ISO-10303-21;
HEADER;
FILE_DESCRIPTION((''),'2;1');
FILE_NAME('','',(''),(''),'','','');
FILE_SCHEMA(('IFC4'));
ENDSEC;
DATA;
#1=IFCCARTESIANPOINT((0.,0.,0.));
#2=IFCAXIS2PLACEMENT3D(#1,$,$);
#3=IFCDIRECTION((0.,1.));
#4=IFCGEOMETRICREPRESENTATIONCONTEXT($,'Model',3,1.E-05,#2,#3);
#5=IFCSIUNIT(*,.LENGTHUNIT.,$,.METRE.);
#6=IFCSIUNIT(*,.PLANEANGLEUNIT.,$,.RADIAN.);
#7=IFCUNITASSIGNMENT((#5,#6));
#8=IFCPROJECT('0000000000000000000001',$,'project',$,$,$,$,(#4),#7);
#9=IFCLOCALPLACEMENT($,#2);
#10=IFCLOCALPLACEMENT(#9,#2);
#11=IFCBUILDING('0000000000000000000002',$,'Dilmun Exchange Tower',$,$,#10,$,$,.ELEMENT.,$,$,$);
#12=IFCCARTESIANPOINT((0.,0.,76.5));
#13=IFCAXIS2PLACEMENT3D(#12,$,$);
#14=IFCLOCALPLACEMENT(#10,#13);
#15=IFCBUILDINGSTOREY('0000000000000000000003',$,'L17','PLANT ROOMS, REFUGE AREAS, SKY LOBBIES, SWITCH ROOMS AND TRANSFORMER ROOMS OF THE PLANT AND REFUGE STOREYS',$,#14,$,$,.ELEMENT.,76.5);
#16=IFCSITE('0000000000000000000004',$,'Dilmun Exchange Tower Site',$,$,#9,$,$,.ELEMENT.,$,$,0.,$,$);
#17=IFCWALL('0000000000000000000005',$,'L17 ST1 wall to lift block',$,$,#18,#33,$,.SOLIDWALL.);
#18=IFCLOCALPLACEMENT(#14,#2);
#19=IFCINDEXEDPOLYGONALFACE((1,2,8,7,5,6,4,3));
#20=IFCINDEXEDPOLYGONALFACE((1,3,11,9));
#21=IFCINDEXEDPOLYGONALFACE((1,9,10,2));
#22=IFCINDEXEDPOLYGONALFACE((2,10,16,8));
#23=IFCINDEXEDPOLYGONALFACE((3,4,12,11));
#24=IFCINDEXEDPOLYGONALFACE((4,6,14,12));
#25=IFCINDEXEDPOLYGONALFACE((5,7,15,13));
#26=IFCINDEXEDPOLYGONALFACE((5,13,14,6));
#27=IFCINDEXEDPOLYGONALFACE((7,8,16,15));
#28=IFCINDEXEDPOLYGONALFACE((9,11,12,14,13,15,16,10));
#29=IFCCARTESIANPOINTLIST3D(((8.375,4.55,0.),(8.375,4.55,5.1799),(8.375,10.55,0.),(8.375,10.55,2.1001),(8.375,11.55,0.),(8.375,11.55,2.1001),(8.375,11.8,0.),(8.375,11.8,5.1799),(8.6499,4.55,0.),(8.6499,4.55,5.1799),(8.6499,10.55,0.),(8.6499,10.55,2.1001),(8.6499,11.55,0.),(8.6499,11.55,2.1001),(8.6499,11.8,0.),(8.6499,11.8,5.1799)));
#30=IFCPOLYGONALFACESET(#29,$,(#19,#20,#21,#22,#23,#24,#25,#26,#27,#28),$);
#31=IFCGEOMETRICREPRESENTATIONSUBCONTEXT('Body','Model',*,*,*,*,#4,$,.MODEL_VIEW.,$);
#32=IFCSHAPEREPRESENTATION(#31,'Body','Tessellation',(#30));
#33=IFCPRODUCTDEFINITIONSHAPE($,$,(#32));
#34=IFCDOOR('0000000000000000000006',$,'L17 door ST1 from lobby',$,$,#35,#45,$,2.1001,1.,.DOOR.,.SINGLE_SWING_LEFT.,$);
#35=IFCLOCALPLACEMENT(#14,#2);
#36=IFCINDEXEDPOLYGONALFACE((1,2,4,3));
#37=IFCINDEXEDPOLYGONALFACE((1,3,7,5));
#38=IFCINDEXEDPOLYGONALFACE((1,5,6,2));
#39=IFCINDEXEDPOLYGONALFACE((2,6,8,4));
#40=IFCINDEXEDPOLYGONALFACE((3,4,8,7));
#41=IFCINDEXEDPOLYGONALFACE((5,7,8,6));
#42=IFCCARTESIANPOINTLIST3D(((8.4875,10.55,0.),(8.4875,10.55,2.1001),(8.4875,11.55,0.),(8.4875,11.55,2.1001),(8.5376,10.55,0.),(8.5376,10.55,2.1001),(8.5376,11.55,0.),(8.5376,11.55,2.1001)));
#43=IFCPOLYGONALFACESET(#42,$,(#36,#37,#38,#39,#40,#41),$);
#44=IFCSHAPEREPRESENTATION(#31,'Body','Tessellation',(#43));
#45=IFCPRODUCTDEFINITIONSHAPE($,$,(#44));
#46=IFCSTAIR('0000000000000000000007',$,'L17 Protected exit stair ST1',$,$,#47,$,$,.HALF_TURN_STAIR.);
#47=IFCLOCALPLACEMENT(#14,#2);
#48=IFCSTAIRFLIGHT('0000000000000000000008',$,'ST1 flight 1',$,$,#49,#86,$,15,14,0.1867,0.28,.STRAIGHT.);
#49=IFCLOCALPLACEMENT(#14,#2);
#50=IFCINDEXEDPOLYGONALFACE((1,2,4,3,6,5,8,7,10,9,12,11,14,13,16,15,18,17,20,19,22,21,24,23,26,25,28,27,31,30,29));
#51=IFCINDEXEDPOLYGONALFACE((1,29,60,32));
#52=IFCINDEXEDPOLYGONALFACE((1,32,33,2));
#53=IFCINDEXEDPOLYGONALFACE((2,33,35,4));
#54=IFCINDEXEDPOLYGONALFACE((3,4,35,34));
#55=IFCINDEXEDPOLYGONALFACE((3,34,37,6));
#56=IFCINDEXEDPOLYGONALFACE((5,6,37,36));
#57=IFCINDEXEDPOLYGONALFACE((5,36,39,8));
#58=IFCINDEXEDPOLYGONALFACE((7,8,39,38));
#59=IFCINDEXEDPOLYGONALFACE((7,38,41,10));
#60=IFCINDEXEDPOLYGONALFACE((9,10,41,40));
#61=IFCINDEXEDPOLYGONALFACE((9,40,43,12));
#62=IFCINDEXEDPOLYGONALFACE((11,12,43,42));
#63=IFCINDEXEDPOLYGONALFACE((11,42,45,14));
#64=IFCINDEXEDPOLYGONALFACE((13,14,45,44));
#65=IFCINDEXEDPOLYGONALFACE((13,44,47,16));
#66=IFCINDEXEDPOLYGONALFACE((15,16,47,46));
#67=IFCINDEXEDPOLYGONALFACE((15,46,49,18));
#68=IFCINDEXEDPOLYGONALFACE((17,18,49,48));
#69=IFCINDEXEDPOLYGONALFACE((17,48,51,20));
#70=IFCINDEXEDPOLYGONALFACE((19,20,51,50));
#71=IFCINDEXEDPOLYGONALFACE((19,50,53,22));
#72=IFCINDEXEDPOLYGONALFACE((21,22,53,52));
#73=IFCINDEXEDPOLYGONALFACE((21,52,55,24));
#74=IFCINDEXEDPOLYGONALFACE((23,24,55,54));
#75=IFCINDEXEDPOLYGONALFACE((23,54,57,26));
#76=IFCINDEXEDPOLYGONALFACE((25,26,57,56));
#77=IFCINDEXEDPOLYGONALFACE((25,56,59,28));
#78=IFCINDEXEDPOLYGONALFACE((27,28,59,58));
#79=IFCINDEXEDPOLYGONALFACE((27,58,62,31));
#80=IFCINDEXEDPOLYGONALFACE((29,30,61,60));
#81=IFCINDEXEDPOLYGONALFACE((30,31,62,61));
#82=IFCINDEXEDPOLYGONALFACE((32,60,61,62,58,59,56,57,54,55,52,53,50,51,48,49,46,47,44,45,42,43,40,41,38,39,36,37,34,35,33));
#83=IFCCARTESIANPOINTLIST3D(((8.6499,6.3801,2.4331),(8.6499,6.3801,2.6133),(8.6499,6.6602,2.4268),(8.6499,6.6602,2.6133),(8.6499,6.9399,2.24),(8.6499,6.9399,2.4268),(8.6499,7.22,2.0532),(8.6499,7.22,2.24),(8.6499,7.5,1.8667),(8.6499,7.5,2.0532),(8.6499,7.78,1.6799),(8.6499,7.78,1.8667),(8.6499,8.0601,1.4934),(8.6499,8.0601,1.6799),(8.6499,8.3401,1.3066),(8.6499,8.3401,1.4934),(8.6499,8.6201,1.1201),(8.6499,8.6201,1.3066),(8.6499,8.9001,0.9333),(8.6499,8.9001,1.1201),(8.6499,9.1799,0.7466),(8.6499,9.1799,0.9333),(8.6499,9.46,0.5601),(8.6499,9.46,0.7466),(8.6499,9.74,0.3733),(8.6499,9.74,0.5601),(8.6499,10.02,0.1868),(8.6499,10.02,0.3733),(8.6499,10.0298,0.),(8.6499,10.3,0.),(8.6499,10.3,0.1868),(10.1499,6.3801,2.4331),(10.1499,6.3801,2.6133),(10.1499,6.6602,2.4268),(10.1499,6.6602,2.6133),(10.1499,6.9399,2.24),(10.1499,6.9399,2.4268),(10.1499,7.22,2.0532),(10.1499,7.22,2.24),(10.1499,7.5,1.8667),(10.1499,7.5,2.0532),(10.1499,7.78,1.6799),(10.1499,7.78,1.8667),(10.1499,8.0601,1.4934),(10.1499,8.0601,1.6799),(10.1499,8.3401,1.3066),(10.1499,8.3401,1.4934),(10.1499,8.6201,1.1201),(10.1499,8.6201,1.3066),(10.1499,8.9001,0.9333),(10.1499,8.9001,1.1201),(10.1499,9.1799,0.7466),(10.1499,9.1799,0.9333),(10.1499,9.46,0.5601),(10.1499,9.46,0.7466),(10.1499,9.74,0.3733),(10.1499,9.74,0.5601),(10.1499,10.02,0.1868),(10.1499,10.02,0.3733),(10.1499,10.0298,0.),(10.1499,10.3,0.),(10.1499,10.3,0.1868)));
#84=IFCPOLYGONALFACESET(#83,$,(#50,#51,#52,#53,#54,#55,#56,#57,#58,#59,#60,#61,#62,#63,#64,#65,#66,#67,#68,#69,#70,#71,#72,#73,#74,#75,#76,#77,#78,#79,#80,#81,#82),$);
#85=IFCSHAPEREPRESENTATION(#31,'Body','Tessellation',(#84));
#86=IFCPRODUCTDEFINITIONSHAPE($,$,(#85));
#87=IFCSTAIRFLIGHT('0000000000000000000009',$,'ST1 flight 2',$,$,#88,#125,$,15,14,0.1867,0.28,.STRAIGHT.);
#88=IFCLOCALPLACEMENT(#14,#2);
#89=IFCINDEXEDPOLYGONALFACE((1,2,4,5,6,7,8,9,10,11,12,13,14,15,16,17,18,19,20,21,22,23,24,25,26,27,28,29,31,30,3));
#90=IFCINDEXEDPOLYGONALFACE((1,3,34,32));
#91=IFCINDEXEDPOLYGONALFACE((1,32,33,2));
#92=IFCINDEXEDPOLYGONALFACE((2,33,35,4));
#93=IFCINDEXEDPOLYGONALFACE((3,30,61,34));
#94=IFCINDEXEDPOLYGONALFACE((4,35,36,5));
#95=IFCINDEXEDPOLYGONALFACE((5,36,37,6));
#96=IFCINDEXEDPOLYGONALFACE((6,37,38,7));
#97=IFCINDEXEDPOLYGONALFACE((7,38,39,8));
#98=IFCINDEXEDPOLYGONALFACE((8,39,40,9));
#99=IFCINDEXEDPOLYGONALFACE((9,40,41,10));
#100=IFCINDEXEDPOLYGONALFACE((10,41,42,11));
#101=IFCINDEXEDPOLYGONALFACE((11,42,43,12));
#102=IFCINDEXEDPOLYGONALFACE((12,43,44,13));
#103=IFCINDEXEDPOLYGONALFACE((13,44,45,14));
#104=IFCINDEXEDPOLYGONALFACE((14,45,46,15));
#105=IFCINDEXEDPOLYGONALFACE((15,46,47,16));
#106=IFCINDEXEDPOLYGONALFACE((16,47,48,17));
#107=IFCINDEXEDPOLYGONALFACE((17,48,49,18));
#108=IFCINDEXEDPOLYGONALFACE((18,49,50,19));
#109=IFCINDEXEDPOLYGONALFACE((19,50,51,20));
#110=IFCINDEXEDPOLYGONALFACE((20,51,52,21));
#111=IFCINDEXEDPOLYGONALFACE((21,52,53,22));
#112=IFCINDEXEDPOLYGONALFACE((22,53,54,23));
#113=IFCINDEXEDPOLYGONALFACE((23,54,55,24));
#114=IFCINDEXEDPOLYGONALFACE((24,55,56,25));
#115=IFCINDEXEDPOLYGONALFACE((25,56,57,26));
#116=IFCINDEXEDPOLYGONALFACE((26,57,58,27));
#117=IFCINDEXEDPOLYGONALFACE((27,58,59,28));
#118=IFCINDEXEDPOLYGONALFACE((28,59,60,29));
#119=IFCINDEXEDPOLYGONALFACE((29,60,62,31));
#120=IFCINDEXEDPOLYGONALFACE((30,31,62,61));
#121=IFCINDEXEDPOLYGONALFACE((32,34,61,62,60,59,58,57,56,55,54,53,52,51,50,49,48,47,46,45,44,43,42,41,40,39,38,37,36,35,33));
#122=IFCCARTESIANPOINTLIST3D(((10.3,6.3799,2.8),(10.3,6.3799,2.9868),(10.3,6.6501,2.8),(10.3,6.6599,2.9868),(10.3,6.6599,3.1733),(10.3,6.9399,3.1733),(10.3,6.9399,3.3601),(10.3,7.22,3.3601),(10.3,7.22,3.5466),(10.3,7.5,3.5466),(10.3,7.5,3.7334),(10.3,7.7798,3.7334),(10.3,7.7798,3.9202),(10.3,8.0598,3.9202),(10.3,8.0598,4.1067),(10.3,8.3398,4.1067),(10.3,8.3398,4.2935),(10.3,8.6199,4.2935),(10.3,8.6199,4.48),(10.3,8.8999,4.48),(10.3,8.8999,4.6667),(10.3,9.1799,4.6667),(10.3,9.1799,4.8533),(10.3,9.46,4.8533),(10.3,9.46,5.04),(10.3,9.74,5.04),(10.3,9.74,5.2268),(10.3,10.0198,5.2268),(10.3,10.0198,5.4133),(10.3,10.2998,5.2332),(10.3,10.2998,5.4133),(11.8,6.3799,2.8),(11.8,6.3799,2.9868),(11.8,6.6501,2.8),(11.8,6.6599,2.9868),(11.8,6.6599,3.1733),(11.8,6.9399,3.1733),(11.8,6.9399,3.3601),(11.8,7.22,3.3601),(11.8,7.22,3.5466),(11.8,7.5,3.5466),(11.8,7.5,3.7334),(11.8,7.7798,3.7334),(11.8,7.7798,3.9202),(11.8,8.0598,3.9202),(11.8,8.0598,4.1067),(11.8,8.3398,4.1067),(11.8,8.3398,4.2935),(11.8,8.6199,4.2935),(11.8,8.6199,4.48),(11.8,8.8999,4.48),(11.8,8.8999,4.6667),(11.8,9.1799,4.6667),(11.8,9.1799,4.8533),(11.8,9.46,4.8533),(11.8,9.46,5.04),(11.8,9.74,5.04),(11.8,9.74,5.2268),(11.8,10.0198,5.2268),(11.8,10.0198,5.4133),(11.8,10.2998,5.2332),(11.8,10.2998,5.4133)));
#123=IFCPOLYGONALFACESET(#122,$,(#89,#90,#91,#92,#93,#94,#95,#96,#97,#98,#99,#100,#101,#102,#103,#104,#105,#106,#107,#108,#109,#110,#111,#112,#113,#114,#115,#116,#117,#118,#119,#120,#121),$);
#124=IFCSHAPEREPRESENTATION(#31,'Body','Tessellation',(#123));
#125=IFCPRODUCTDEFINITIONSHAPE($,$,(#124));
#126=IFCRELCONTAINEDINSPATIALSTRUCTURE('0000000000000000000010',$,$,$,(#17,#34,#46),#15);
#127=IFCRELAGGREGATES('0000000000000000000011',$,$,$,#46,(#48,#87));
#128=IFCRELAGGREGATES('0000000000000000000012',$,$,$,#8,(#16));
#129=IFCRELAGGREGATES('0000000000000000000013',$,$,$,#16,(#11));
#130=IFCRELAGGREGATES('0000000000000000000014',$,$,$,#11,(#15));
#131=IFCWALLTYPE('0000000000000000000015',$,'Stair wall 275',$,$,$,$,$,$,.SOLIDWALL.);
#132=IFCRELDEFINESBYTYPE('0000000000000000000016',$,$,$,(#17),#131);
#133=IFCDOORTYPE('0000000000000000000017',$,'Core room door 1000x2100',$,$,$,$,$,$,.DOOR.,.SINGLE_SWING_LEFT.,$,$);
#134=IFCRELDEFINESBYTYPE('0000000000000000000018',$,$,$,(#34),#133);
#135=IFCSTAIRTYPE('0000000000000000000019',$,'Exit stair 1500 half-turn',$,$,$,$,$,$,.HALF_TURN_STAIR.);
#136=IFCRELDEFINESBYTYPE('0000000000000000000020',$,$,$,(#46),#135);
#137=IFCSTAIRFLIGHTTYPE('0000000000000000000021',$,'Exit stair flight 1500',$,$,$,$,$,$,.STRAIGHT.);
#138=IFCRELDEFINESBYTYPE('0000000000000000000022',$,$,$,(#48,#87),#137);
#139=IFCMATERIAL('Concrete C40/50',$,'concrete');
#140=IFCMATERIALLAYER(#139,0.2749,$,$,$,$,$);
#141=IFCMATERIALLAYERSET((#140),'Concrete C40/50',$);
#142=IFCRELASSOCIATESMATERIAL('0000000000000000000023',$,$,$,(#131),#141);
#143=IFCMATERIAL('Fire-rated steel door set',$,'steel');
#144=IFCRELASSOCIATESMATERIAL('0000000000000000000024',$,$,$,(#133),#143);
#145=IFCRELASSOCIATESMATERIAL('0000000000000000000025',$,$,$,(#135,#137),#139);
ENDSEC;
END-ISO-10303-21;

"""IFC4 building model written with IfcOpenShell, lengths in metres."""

from ifc_helpers import new_model, si_unit, direction, frame, frame_2d, origin, place, context, subcontext, project, spatial, polyline, rectangle, outline, extrude, material, layer, layer_set, type_object, element, fill, aggregate, save


model = new_model("IFC4")

# Units and contexts
model_context = context("Model", 3, precision=1e-05, world=origin(), true_north=direction((0.0, 1.0)))
body_context = subcontext(model_context, "Body", "Model", "MODEL_VIEW")
ifc_project = project(units=[si_unit("LENGTHUNIT", "METRE"), si_unit("PLANEANGLEUNIT", "RADIAN")], contexts=[model_context])

# Site, building, storey
site_placement = place(None, origin())
site = spatial("IfcSite", under=ifc_project, at=site_placement, Name="Dilmun Exchange Tower Site", CompositionType="ELEMENT", RefElevation=0.0)
building_placement = place(site_placement, origin())
building = spatial("IfcBuilding", under=site, at=building_placement, Name="Dilmun Exchange Tower", CompositionType="ELEMENT")
storey_placement = place(building_placement, frame((0.0, 0.0, 76.5)))
storey = spatial("IfcBuildingStorey", under=building, at=storey_placement, Name="L17", Description="PLANT ROOMS, REFUGE AREAS, SKY LOBBIES, SWITCH ROOMS AND TRANSFORMER ROOMS OF THE PLANT AND REFUGE STOREYS", CompositionType="ELEMENT", Elevation=76.5)

# Shared definitions
ifc_material_1 = material(Name="Concrete C40/50", Category="concrete")

# Shared definitions
ifc_material_2 = material(Name="Fire-rated steel door set", Category="steel")

# Wall, opening, door
ifc_layer_1 = layer(ifc_material_1, 0.2749)
ifc_layer_set_1 = layer_set([ifc_layer_1], Name="Concrete C40/50")
wall_type_1 = type_object("IfcWallType", Name="Stair wall 275", PredefinedType="SOLIDWALL", material=ifc_layer_set_1)
wall_1_placement = place(storey_placement, frame((8.5125, 4.55, 0.0), z_axis=(0.0, 0.0, 1.0), x_axis=(0.0, 1.0, 0.0)))
wall_1 = element("IfcWall", 1, at=wall_1_placement, inside=storey, type_object=wall_type_1, Name="L17 ST1 wall to lift block", PredefinedType="SOLIDWALL", context=body_context, shape_type="SweptSolid", body=[
    extrude(rectangle(XDim=7.25, YDim=0.2749, at=frame_2d((3.625, 0.0))), origin(), (0.0, 0.0, 1.0), 5.1799),
])
opening_1_placement = place(wall_1_placement, frame((6.0, 0.0, 0.0)))
opening_1 = element("IfcOpeningElement", 2, at=opening_1_placement, cuts=wall_1, PredefinedType="OPENING", context=body_context, shape_type="SweptSolid", body=[
    extrude(rectangle(XDim=1.0, YDim=2.1001, at=frame_2d((0.5, 1.05))), frame((0.0, 0.1475, 0.0), z_axis=(0.0, -1.0, 0.0), x_axis=(1.0, 0.0, 0.0)), (0.0, 0.0, 1.0), 0.2949),
])
door_type_1 = type_object("IfcDoorType", Name="Core room door 1000x2100", OperationType="SINGLE_SWING_LEFT", PredefinedType="DOOR", material=ifc_material_2)
door_1_placement = place(opening_1_placement, origin())
door_1 = element("IfcDoor", 3, at=door_1_placement, inside=storey, type_object=door_type_1, Name="L17 door ST1 from lobby", OperationType="SINGLE_SWING_LEFT", OverallHeight=2.1001, OverallWidth=1.0, PredefinedType="DOOR", context=body_context, shape_type="SweptSolid", body=[
    extrude(rectangle(XDim=1.0, YDim=2.1001, at=frame_2d((0.5, 1.05))), frame((0.0, 0.0249, 0.0), z_axis=(0.0, -1.0, 0.0), x_axis=(1.0, 0.0, 0.0)), (0.0, 0.0, 1.0), 0.05),
])
fill(opening_1, door_1)

# Stair, stair flights
stair_type = type_object("IfcStairType", Name="Exit stair 1500 half-turn", PredefinedType="HALF_TURN_STAIR", material=ifc_material_1)
stair_placement = place(storey_placement, origin())
stair = element("IfcStair", 4, at=stair_placement, inside=storey, type_object=stair_type, Name="L17 Protected exit stair ST1", PredefinedType="HALF_TURN_STAIR")
stair_flight_type = type_object("IfcStairFlightType", Name="Exit stair flight 1500", PredefinedType="STRAIGHT", material=ifc_material_1)
stair_flight_1_placement = place(storey_placement, frame((9.3999, 10.3, 0.0), z_axis=(0.0, 0.0, 1.0), x_axis=(0.0, -1.0, 0.0)))
stair_flight_1 = element("IfcStairFlight", 5, at=stair_flight_1_placement, type_object=stair_flight_type, Name="ST1 flight 1", NumberOfRisers=15, NumberOfTreads=14, PredefinedType="STRAIGHT", RiserHeight=0.1867, TreadLength=0.28, context=body_context, shape_type="SweptSolid", body=[
    extrude(outline(polyline([(0.0, 0.0), (0.0, 0.1868), (0.28, 0.1868), (0.28, 0.3733), (0.5601, 0.3733), (0.5601, 0.5601), (0.8401, 0.5601), (0.8401, 0.7466), (1.1201, 0.7466), (1.1201, 0.9333), (1.3999, 0.9333), (1.3999, 1.1201), (1.6799, 1.1201), (1.6799, 1.3066), (1.96, 1.3066), (1.96, 1.4934), (2.24, 1.4934), (2.24, 1.6799), (2.52, 1.6799), (2.52, 1.8667), (2.8, 1.8667), (2.8, 2.0532), (3.0801, 2.0532), (3.0801, 2.24), (3.3601, 2.24), (3.3601, 2.4268), (3.6399, 2.4268), (3.6399, 2.6133), (3.9199, 2.6133), (3.9199, 2.8), (3.9199, 2.4331), (0.2703, 0.0), (0.0, 0.0)])), frame((0.0, 0.75, 0.0), z_axis=(0.0, -1.0, 0.0), x_axis=(1.0, 0.0, 0.0)), (0.0, 0.0, 1.0), 1.5),
])
stair_flight_2_placement = place(storey_placement, frame((11.05, 6.3799, 2.8), z_axis=(0.0, 0.0, 1.0), x_axis=(0.0, 1.0, 0.0)))
stair_flight_2 = element("IfcStairFlight", 6, at=stair_flight_2_placement, type_object=stair_flight_type, Name="ST1 flight 2", NumberOfRisers=15, NumberOfTreads=14, PredefinedType="STRAIGHT", RiserHeight=0.1867, TreadLength=0.28, context=body_context, shape_type="SweptSolid", body=[
    extrude(outline(polyline([(0.0, 0.0), (0.0, 0.1868), (0.28, 0.1868), (0.28, 0.3733), (0.5601, 0.3733), (0.5601, 0.5601), (0.8401, 0.5601), (0.8401, 0.7466), (1.1201, 0.7466), (1.1201, 0.9333), (1.3999, 0.9333), (1.3999, 1.1201), (1.6799, 1.1201), (1.6799, 1.3066), (1.96, 1.3066), (1.96, 1.4934), (2.24, 1.4934), (2.24, 1.6799), (2.52, 1.6799), (2.52, 1.8667), (2.8, 1.8667), (2.8, 2.0532), (3.0801, 2.0532), (3.0801, 2.24), (3.3601, 2.24), (3.3601, 2.4268), (3.6399, 2.4268), (3.6399, 2.6133), (3.9199, 2.6133), (3.9199, 2.8), (3.9199, 2.4331), (0.2703, 0.0), (0.0, 0.0)])), frame((0.0, 0.75, 0.0), z_axis=(0.0, -1.0, 0.0), x_axis=(1.0, 0.0, 0.0)), (0.0, 0.0, 1.0), 1.5),
])
aggregate(stair, [stair_flight_1, stair_flight_2])

save(model, "model.ifc")
